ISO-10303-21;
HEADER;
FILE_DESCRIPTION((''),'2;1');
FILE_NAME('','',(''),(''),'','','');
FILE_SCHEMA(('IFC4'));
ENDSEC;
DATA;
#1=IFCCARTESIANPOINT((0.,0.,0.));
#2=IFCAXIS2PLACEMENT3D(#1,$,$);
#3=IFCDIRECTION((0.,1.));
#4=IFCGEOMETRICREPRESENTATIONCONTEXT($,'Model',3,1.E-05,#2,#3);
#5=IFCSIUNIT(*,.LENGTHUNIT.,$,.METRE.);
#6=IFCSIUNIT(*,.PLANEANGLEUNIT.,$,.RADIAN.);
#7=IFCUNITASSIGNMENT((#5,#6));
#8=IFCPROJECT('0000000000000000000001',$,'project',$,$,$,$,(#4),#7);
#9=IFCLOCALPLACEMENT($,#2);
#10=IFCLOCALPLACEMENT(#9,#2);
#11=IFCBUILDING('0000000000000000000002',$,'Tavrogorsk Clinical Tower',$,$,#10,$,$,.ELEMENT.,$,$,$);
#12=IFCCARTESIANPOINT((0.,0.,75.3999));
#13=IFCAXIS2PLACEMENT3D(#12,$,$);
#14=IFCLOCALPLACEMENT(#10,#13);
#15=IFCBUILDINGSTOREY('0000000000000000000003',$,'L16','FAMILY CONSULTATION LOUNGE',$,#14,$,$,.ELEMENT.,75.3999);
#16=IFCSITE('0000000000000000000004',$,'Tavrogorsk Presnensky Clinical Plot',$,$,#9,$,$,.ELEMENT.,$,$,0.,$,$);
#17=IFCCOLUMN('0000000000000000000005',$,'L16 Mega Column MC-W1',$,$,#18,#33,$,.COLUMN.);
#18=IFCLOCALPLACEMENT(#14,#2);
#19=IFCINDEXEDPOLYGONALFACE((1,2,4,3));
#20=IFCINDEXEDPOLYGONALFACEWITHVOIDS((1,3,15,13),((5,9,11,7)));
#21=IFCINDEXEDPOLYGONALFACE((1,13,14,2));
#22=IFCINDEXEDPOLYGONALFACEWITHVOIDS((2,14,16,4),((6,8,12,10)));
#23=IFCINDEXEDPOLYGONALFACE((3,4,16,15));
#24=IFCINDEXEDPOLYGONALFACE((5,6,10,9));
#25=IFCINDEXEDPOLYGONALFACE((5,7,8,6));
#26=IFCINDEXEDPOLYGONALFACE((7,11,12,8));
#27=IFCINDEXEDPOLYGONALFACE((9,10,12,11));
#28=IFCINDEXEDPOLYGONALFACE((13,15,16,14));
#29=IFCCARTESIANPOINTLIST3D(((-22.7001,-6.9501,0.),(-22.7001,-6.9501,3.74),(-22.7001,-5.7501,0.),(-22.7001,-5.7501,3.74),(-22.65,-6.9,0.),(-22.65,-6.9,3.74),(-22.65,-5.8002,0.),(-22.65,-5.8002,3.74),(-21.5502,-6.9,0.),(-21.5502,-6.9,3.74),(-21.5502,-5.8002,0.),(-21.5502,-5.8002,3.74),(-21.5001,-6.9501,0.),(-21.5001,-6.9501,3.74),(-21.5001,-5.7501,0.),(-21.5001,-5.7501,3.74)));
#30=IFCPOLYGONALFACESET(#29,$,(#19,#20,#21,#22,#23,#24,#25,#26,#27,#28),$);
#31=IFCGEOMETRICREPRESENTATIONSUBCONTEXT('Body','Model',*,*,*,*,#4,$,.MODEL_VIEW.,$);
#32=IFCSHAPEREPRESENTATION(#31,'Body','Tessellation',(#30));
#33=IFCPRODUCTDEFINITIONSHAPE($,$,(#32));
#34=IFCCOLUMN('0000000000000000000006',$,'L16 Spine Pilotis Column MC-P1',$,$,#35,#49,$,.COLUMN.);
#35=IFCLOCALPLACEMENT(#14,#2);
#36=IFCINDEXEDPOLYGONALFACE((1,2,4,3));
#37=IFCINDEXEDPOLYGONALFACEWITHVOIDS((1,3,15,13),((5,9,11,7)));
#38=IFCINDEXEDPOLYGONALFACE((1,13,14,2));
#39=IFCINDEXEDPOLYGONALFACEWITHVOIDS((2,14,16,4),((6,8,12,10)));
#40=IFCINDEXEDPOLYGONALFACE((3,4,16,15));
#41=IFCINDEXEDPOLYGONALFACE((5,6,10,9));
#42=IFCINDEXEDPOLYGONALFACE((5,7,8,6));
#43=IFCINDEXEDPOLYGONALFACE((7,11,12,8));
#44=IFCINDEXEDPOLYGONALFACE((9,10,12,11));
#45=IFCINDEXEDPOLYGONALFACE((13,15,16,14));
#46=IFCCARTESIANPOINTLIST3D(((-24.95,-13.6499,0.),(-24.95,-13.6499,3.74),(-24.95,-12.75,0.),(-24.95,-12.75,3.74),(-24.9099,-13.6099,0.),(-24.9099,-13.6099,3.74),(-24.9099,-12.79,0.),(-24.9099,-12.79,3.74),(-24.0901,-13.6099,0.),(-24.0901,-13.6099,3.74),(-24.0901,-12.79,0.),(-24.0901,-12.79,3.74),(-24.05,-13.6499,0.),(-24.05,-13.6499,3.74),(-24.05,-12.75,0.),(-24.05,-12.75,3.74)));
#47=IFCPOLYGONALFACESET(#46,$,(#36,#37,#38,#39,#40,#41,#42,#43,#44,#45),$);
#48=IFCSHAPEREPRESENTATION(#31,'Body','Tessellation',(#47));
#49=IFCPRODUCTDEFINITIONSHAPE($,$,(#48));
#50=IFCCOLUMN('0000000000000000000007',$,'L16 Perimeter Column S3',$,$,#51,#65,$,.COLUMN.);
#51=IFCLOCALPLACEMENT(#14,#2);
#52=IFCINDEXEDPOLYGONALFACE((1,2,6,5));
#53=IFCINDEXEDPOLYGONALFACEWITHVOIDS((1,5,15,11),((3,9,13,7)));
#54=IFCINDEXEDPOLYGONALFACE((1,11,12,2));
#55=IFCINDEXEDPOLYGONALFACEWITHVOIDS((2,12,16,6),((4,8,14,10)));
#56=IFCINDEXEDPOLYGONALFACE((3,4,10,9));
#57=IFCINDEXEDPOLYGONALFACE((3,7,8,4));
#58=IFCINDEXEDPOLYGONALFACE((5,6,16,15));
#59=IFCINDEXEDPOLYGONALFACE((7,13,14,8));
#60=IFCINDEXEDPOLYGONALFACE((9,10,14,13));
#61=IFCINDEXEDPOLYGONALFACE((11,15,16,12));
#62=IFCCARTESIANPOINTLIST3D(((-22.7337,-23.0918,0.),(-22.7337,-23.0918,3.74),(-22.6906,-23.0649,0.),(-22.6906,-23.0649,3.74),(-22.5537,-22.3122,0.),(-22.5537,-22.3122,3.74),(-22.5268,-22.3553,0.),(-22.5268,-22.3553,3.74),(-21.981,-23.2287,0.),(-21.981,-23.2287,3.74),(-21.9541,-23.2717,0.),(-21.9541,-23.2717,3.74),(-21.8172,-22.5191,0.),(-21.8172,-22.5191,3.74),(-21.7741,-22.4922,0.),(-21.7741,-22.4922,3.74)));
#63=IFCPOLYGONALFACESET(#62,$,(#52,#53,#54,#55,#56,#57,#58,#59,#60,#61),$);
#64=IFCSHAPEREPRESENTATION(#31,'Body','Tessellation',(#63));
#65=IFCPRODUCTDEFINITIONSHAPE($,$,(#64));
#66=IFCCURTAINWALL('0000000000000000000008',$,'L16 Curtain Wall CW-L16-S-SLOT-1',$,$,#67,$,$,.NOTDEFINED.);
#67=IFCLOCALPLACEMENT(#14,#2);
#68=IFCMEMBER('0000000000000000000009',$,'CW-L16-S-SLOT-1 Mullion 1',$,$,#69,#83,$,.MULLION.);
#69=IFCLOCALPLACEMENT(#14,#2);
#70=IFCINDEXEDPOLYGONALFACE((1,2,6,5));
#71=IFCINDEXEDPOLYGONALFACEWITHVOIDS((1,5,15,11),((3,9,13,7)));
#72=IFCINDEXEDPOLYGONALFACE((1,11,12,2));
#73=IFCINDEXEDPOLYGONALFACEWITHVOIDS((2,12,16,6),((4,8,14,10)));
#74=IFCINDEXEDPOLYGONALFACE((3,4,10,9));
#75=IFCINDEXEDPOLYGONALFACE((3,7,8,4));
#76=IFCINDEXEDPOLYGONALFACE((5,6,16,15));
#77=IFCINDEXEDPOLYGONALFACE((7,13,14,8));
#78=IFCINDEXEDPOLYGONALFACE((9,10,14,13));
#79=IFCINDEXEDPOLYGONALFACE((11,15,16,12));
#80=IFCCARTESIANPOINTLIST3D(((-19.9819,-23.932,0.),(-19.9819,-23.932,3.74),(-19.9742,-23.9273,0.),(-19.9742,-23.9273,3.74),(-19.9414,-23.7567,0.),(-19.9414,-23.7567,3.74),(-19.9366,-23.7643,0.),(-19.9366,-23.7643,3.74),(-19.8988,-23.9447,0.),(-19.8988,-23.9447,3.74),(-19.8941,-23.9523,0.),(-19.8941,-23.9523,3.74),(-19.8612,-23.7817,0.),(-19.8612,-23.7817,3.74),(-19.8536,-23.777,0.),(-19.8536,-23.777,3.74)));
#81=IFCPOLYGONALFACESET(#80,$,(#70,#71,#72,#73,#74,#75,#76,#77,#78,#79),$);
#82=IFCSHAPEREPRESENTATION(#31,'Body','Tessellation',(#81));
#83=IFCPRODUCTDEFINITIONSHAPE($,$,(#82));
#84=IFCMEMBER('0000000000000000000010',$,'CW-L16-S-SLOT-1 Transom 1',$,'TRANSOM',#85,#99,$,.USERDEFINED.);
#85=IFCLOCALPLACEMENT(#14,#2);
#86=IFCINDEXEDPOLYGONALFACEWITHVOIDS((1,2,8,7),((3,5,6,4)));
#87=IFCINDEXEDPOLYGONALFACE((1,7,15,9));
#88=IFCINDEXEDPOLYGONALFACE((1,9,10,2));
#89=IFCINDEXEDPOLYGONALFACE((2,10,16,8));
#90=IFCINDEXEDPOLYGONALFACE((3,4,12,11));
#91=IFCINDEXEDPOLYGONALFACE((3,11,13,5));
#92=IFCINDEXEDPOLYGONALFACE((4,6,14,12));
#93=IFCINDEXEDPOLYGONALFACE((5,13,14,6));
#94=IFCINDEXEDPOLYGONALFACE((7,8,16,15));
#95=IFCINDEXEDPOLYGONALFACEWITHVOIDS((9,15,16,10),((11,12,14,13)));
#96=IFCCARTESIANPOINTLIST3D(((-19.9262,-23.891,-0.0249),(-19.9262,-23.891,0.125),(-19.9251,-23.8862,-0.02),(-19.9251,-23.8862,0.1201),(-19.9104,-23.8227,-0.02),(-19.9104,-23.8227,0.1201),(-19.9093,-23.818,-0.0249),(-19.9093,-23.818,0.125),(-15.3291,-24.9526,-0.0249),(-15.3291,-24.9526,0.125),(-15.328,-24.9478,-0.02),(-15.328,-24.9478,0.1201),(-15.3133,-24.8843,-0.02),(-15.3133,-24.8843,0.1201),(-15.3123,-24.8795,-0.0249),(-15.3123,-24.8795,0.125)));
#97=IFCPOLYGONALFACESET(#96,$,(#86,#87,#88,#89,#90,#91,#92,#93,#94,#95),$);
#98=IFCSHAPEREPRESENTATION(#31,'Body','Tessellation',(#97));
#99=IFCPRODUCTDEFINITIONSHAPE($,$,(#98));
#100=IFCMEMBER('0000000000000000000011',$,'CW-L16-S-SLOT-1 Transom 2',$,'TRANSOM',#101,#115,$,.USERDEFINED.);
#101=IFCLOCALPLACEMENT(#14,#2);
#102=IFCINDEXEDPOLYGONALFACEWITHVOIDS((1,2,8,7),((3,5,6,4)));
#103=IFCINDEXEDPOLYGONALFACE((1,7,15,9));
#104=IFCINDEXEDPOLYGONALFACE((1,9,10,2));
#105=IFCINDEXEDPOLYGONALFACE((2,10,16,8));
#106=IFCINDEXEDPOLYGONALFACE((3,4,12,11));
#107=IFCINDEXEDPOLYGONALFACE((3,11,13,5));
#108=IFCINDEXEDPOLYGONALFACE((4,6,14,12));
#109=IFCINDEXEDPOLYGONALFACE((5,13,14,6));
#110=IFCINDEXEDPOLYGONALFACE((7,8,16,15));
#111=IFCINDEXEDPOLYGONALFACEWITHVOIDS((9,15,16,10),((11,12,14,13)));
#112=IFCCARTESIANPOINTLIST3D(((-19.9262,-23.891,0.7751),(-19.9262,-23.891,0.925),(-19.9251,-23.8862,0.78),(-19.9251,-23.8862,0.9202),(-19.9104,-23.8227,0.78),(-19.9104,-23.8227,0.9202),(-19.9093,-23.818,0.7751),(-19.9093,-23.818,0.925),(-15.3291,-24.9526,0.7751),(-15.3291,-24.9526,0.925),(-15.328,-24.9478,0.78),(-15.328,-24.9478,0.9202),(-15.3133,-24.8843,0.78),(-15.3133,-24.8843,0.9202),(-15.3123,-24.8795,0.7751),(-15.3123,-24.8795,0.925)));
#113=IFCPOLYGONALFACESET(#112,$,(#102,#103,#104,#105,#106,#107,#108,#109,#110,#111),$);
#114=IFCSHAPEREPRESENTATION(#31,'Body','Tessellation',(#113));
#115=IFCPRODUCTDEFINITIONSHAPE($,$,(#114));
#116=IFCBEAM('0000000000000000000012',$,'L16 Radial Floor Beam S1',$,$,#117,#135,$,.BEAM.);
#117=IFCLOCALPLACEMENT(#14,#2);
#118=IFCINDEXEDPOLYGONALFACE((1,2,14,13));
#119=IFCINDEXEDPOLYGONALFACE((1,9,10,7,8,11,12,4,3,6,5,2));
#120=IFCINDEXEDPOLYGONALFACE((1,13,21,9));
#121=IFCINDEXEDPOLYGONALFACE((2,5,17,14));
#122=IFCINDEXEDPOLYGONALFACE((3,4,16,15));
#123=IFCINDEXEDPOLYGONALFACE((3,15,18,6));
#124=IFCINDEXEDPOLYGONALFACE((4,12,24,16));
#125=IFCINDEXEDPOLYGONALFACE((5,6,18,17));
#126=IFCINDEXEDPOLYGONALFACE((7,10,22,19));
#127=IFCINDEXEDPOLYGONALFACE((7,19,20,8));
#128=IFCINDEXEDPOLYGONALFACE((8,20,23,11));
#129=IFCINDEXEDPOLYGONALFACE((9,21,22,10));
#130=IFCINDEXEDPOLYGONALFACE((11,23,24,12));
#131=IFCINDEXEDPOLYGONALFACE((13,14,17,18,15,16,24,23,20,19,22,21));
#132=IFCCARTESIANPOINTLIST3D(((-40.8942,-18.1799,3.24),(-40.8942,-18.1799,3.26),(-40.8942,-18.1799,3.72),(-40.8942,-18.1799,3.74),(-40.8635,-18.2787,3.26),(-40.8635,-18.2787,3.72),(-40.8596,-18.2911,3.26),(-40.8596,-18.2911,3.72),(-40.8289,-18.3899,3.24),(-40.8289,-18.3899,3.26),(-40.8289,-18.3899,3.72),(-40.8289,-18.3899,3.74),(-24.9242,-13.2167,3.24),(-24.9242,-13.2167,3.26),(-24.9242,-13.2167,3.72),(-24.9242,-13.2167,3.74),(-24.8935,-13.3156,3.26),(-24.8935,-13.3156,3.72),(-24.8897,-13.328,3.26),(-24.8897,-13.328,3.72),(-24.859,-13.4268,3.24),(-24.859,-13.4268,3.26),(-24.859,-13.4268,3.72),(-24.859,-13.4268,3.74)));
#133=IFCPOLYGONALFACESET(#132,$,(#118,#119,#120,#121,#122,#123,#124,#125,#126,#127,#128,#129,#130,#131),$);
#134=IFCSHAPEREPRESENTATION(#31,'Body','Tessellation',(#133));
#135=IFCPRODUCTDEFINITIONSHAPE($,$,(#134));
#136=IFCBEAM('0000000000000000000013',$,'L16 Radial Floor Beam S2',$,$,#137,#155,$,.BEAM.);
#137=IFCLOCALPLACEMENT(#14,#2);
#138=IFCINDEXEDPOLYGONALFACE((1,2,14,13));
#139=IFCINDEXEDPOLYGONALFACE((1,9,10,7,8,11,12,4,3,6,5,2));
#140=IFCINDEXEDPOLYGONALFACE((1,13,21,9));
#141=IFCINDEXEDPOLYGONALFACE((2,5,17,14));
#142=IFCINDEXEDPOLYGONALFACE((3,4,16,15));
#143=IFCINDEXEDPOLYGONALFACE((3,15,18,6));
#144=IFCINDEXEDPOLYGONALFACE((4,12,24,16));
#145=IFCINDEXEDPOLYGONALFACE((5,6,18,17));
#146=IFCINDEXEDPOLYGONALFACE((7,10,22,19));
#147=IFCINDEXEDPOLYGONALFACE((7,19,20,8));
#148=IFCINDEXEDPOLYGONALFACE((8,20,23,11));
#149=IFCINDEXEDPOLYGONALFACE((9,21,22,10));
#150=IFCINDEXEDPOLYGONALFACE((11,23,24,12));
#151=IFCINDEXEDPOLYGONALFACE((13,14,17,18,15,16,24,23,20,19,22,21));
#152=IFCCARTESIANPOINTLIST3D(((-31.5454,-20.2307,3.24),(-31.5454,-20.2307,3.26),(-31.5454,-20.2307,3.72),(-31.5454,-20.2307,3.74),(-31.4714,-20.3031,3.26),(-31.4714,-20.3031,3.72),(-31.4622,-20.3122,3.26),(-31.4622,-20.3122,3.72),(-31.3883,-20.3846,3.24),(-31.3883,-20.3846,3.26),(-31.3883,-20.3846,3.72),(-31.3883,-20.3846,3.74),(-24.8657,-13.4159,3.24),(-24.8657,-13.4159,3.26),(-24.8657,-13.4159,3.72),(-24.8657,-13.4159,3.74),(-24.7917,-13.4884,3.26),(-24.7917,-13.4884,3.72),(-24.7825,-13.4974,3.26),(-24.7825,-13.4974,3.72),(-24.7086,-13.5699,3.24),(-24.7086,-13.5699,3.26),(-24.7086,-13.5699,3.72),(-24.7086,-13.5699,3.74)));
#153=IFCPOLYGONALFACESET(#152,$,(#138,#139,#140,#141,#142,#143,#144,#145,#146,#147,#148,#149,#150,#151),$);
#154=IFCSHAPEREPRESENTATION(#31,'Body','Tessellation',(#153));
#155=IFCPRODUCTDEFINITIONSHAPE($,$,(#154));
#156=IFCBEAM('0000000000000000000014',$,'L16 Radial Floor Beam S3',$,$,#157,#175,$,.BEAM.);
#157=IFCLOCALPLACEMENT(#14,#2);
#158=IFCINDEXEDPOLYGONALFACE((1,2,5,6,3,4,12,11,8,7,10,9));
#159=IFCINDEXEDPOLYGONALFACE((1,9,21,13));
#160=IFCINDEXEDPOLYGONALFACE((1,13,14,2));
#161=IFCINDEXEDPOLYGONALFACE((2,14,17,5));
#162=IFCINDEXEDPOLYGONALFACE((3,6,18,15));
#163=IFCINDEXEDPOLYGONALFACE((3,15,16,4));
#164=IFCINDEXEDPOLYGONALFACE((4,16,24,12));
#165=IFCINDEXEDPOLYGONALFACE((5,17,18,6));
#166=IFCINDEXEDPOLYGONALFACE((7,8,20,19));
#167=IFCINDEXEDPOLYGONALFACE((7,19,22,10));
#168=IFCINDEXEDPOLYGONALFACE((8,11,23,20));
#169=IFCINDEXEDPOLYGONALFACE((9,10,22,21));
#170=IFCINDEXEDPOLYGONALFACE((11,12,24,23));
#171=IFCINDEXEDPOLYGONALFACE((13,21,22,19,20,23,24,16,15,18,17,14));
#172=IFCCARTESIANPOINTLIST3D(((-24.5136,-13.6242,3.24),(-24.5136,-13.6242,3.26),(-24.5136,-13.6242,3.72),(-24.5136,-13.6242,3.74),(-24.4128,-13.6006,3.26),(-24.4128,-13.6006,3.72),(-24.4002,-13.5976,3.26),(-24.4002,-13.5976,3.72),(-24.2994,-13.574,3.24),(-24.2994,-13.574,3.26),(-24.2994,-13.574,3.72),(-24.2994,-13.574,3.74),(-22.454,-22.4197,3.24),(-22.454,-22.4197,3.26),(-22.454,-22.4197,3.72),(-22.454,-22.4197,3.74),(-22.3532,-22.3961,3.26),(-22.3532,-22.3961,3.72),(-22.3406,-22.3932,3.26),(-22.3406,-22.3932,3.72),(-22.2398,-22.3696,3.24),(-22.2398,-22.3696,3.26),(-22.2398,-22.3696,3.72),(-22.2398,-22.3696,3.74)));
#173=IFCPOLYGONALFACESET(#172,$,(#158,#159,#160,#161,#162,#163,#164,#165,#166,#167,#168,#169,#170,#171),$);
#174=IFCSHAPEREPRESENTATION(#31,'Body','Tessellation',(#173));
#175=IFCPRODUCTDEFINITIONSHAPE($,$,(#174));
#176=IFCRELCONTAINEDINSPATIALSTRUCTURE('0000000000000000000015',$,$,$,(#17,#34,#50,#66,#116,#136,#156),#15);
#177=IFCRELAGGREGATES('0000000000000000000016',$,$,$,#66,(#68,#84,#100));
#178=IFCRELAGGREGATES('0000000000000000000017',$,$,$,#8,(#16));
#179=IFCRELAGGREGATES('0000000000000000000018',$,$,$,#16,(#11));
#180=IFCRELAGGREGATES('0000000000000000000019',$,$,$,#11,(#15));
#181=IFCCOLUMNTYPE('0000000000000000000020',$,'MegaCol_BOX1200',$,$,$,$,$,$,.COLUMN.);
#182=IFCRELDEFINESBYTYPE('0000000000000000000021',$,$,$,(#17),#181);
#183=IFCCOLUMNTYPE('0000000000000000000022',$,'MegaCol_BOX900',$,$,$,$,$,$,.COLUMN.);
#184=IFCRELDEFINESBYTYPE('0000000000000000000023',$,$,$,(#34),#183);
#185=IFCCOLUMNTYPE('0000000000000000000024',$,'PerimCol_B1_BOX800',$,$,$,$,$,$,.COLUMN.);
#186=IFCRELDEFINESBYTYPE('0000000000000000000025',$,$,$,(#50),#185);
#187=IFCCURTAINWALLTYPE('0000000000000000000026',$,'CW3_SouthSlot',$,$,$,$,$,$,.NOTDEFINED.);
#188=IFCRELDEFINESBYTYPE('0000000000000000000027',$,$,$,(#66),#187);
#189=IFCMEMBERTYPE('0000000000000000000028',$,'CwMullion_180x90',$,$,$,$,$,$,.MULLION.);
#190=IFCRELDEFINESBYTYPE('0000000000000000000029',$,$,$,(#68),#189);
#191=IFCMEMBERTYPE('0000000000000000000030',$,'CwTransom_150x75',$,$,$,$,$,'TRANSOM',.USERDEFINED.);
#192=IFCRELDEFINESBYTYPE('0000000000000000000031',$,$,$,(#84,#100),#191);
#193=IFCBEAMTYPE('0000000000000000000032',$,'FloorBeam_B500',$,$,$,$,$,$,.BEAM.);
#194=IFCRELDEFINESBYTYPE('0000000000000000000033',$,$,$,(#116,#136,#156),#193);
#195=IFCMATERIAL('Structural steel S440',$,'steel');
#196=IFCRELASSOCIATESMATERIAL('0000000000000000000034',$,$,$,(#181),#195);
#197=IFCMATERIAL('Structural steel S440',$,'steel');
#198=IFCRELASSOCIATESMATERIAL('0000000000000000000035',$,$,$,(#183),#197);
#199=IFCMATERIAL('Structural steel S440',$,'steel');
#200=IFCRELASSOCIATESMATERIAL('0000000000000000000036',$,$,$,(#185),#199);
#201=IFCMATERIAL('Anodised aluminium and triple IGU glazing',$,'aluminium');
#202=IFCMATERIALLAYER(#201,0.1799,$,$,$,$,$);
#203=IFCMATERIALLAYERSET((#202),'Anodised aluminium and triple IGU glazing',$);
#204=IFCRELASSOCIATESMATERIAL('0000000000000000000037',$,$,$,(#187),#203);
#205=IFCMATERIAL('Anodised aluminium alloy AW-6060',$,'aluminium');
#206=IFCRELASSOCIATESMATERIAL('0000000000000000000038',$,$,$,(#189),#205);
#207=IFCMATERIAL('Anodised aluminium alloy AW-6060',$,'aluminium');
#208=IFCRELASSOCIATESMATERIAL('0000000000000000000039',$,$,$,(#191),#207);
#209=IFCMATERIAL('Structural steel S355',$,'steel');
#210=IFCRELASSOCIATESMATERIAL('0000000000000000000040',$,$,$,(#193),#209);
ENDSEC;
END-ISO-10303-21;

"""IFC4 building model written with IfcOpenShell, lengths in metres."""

from ifc_helpers import new_model, si_unit, direction, frame, origin, origin_2d, place, context, subcontext, project, spatial, hollow_rectangle, i_section, extrude, material, layer, layer_set, material_profile, profile_set, type_object, element, aggregate, save


model = new_model("IFC4")

# Units and contexts
model_context = context("Model", 3, precision=1e-05, world=origin(), true_north=direction((0.0, 1.0)))
body_context = subcontext(model_context, "Body", "Model", "MODEL_VIEW")
ifc_project = project(units=[si_unit("LENGTHUNIT", "METRE"), si_unit("PLANEANGLEUNIT", "RADIAN")], contexts=[model_context])

# Site, building, storey
site_placement = place(None, origin())
site = spatial("IfcSite", under=ifc_project, at=site_placement, Name="Tavrogorsk Presnensky Clinical Plot", CompositionType="ELEMENT", RefElevation=0.0)
building_placement = place(site_placement, origin())
building = spatial("IfcBuilding", under=site, at=building_placement, Name="Tavrogorsk Clinical Tower", CompositionType="ELEMENT")
storey_placement = place(building_placement, frame((0.0, 0.0, 75.3999)))
storey = spatial("IfcBuildingStorey", under=building, at=storey_placement, Name="L16", Description="FAMILY CONSULTATION LOUNGE", CompositionType="ELEMENT", Elevation=75.3999)

# Columns
ifc_material_1 = material(Name="Structural steel S440", Category="steel")
ifc_material_profile_1 = material_profile(ifc_material_1, hollow_rectangle(XDim=1.2, YDim=1.2, WallThickness=0.05, at=origin_2d()), Name="BOX-1200x1200x50")
ifc_profile_set_1 = profile_set([ifc_material_profile_1], Name="Structural steel S440")
column_type_1 = type_object("IfcColumnType", Name="MegaCol_BOX1200", PredefinedType="COLUMN", material=ifc_profile_set_1)
column_1_placement = place(storey_placement, frame((-22.1001, -6.3501, 0.0), z_axis=(0.0, 0.0, 1.0), x_axis=(1.0, 0.0, 0.0)))
element("IfcColumn", 1, at=column_1_placement, inside=storey, type_object=column_type_1, Name="L16 Mega Column MC-W1", PredefinedType="COLUMN", context=body_context, shape_type="SweptSolid", body=[
    extrude(hollow_rectangle(XDim=1.2, YDim=1.2, WallThickness=0.05, at=origin_2d()), origin(), (0.0, 0.0, 1.0), 3.74),
])
ifc_material_2 = material(Name="Structural steel S440", Category="steel")
ifc_material_profile_2 = material_profile(ifc_material_2, hollow_rectangle(XDim=0.8999, YDim=0.8999, WallThickness=0.04, at=origin_2d()), Name="BOX-900x900x40")
ifc_profile_set_2 = profile_set([ifc_material_profile_2], Name="Structural steel S440")
column_type_2 = type_object("IfcColumnType", Name="MegaCol_BOX900", PredefinedType="COLUMN", material=ifc_profile_set_2)
column_2_placement = place(storey_placement, frame((-24.5, -13.2, 0.0), z_axis=(0.0, 0.0, 1.0), x_axis=(1.0, 0.0, 0.0)))
element("IfcColumn", 2, at=column_2_placement, inside=storey, type_object=column_type_2, Name="L16 Spine Pilotis Column MC-P1", PredefinedType="COLUMN", context=body_context, shape_type="SweptSolid", body=[
    extrude(hollow_rectangle(XDim=0.8999, YDim=0.8999, WallThickness=0.04, at=origin_2d()), origin(), (0.0, 0.0, 1.0), 3.74),
])
ifc_material_3 = material(Name="Structural steel S440", Category="steel")
ifc_material_profile_3 = material_profile(ifc_material_3, hollow_rectangle(XDim=0.8, YDim=0.8, WallThickness=0.0359, at=origin_2d()), Name="BOX-800x800x36")
ifc_profile_set_3 = profile_set([ifc_material_profile_3], Name="Structural steel S440")
column_type_3 = type_object("IfcColumnType", Name="PerimCol_B1_BOX800", PredefinedType="COLUMN", material=ifc_profile_set_3)
column_3_placement = place(storey_placement, frame((-22.2539, -22.792, 0.0), z_axis=(0.0, 0.0, 1.0), x_axis=(0.97437, -0.224951, 0.0)))
element("IfcColumn", 3, at=column_3_placement, inside=storey, type_object=column_type_3, Name="L16 Perimeter Column S3", PredefinedType="COLUMN", context=body_context, shape_type="SweptSolid", body=[
    extrude(hollow_rectangle(XDim=0.8, YDim=0.8, WallThickness=0.0359, at=origin_2d()), origin(), (0.0, 0.0, 1.0), 3.74),
])

# Curtain wall, members
ifc_material_4 = material(Name="Anodised aluminium and triple IGU glazing", Category="aluminium")
ifc_layer_1 = layer(ifc_material_4, 0.1799)
ifc_layer_set_1 = layer_set([ifc_layer_1], Name="Anodised aluminium and triple IGU glazing")
curtain_wall_type = type_object("IfcCurtainWallType", Name="CW3_SouthSlot", PredefinedType="NOTDEFINED", material=ifc_layer_set_1)
curtain_wall_placement = place(storey_placement, origin())
curtain_wall = element("IfcCurtainWall", 4, at=curtain_wall_placement, inside=storey, type_object=curtain_wall_type, Name="L16 Curtain Wall CW-L16-S-SLOT-1", PredefinedType="NOTDEFINED")
ifc_material_5 = material(Name="Anodised aluminium alloy AW-6060", Category="aluminium")
ifc_material_profile_4 = material_profile(ifc_material_5, hollow_rectangle(XDim=0.0901, YDim=0.1799, WallThickness=0.0063, at=origin_2d()), Name="RHS-180x90x6.3")
ifc_profile_set_4 = profile_set([ifc_material_profile_4], Name="Anodised aluminium alloy AW-6060")
member_type_1 = type_object("IfcMemberType", Name="CwMullion_180x90", PredefinedType="MULLION", material=ifc_profile_set_4)
member_1_placement = place(storey_placement, frame((-19.9177, -23.8545, 0.0), z_axis=(0.0, 0.0, 1.0), x_axis=(0.97437, -0.224951, 0.0)))
member_1 = element("IfcMember", 5, at=member_1_placement, type_object=member_type_1, Name="CW-L16-S-SLOT-1 Mullion 1", PredefinedType="MULLION", context=body_context, shape_type="SweptSolid", body=[
    extrude(hollow_rectangle(XDim=0.0901, YDim=0.1799, WallThickness=0.0063, at=origin_2d()), origin(), (0.0, 0.0, 1.0), 3.74),
])
ifc_material_6 = material(Name="Anodised aluminium alloy AW-6060", Category="aluminium")
ifc_material_profile_5 = material_profile(ifc_material_6, hollow_rectangle(XDim=0.075, YDim=0.1499, WallThickness=0.0049, at=origin_2d()), Name="RHS-150x75x5")
ifc_profile_set_5 = profile_set([ifc_material_profile_5], Name="Anodised aluminium alloy AW-6060")
member_type_2 = type_object("IfcMemberType", Name="CwTransom_150x75", ElementType="TRANSOM", PredefinedType="USERDEFINED", material=ifc_profile_set_5)
member_2_placement = place(storey_placement, frame((-19.9177, -23.8545, 0.05), z_axis=(0.974359, -0.224999, 0.0), x_axis=(0.224999, 0.974359, 0.0)))
member_2 = element("IfcMember", 6, at=member_2_placement, type_object=member_type_2, Name="CW-L16-S-SLOT-1 Transom 1", ObjectType="TRANSOM", PredefinedType="USERDEFINED", context=body_context, shape_type="SweptSolid", body=[
    extrude(hollow_rectangle(XDim=0.075, YDim=0.1499, WallThickness=0.0049, at=origin_2d()), origin(), (0.0, 0.0, 1.0), 4.718),
])
member_3_placement = place(storey_placement, frame((-19.9177, -23.8545, 0.8501), z_axis=(0.974359, -0.224999, 0.0), x_axis=(0.224999, 0.974359, 0.0)))
member_3 = element("IfcMember", 7, at=member_3_placement, type_object=member_type_2, Name="CW-L16-S-SLOT-1 Transom 2", ObjectType="TRANSOM", PredefinedType="USERDEFINED", context=body_context, shape_type="SweptSolid", body=[
    extrude(hollow_rectangle(XDim=0.075, YDim=0.1499, WallThickness=0.0049, at=origin_2d()), origin(), (0.0, 0.0, 1.0), 4.718),
])
aggregate(curtain_wall, [member_1, member_2, member_3])

# Beams
ifc_material_7 = material(Name="Structural steel S355", Category="steel")
ifc_material_profile_6 = material_profile(ifc_material_7, i_section(OverallWidth=0.22, OverallDepth=0.5, WebThickness=0.0129, FlangeThickness=0.02, at=origin_2d()), Name="B-500x220x13x20")
ifc_profile_set_6 = profile_set([ifc_material_profile_6], Name="Structural steel S355")
beam_type_1 = type_object("IfcBeamType", Name="FloorBeam_B500", PredefinedType="BEAM", material=ifc_profile_set_6)
beam_1_placement = place(storey_placement, frame((-24.8916, -13.3218, 3.49), z_axis=(-0.954947, -0.296778, 0.0), x_axis=(0.296778, -0.954947, 0.0)))
element("IfcBeam", 8, at=beam_1_placement, inside=storey, type_object=beam_type_1, Name="L16 Radial Floor Beam S1", PredefinedType="BEAM", context=body_context, shape_type="SweptSolid", body=[
    extrude(i_section(OverallWidth=0.22, OverallDepth=0.5, WebThickness=0.0129, FlangeThickness=0.02, at=origin_2d()), origin(), (0.0, 0.0, 1.0), 16.7234),
])
beam_2_placement = place(storey_placement, frame((-24.7871, -13.4929, 3.49), z_axis=(-0.699997, -0.714146, 0.0), x_axis=(0.714146, -0.699997, 0.0)))
element("IfcBeam", 9, at=beam_2_placement, inside=storey, type_object=beam_type_1, Name="L16 Radial Floor Beam S2", PredefinedType="BEAM", context=body_context, shape_type="SweptSolid", body=[
    extrude(i_section(OverallWidth=0.22, OverallDepth=0.5, WebThickness=0.0129, FlangeThickness=0.02, at=origin_2d()), origin(), (0.0, 0.0, 1.0), 9.5425),
])
beam_3_placement = place(storey_placement, frame((-24.4065, -13.5991, 3.49), z_axis=(0.227997, -0.973662, 0.0), x_axis=(0.973662, 0.227997, 0.0)))
element("IfcBeam", 10, at=beam_3_placement, inside=storey, type_object=beam_type_1, Name="L16 Radial Floor Beam S3", PredefinedType="BEAM", context=body_context, shape_type="SweptSolid", body=[
    extrude(i_section(OverallWidth=0.22, OverallDepth=0.5, WebThickness=0.0129, FlangeThickness=0.02, at=origin_2d()), origin(), (0.0, 0.0, 1.0), 9.0334),
])

save(model, "model.ifc")
